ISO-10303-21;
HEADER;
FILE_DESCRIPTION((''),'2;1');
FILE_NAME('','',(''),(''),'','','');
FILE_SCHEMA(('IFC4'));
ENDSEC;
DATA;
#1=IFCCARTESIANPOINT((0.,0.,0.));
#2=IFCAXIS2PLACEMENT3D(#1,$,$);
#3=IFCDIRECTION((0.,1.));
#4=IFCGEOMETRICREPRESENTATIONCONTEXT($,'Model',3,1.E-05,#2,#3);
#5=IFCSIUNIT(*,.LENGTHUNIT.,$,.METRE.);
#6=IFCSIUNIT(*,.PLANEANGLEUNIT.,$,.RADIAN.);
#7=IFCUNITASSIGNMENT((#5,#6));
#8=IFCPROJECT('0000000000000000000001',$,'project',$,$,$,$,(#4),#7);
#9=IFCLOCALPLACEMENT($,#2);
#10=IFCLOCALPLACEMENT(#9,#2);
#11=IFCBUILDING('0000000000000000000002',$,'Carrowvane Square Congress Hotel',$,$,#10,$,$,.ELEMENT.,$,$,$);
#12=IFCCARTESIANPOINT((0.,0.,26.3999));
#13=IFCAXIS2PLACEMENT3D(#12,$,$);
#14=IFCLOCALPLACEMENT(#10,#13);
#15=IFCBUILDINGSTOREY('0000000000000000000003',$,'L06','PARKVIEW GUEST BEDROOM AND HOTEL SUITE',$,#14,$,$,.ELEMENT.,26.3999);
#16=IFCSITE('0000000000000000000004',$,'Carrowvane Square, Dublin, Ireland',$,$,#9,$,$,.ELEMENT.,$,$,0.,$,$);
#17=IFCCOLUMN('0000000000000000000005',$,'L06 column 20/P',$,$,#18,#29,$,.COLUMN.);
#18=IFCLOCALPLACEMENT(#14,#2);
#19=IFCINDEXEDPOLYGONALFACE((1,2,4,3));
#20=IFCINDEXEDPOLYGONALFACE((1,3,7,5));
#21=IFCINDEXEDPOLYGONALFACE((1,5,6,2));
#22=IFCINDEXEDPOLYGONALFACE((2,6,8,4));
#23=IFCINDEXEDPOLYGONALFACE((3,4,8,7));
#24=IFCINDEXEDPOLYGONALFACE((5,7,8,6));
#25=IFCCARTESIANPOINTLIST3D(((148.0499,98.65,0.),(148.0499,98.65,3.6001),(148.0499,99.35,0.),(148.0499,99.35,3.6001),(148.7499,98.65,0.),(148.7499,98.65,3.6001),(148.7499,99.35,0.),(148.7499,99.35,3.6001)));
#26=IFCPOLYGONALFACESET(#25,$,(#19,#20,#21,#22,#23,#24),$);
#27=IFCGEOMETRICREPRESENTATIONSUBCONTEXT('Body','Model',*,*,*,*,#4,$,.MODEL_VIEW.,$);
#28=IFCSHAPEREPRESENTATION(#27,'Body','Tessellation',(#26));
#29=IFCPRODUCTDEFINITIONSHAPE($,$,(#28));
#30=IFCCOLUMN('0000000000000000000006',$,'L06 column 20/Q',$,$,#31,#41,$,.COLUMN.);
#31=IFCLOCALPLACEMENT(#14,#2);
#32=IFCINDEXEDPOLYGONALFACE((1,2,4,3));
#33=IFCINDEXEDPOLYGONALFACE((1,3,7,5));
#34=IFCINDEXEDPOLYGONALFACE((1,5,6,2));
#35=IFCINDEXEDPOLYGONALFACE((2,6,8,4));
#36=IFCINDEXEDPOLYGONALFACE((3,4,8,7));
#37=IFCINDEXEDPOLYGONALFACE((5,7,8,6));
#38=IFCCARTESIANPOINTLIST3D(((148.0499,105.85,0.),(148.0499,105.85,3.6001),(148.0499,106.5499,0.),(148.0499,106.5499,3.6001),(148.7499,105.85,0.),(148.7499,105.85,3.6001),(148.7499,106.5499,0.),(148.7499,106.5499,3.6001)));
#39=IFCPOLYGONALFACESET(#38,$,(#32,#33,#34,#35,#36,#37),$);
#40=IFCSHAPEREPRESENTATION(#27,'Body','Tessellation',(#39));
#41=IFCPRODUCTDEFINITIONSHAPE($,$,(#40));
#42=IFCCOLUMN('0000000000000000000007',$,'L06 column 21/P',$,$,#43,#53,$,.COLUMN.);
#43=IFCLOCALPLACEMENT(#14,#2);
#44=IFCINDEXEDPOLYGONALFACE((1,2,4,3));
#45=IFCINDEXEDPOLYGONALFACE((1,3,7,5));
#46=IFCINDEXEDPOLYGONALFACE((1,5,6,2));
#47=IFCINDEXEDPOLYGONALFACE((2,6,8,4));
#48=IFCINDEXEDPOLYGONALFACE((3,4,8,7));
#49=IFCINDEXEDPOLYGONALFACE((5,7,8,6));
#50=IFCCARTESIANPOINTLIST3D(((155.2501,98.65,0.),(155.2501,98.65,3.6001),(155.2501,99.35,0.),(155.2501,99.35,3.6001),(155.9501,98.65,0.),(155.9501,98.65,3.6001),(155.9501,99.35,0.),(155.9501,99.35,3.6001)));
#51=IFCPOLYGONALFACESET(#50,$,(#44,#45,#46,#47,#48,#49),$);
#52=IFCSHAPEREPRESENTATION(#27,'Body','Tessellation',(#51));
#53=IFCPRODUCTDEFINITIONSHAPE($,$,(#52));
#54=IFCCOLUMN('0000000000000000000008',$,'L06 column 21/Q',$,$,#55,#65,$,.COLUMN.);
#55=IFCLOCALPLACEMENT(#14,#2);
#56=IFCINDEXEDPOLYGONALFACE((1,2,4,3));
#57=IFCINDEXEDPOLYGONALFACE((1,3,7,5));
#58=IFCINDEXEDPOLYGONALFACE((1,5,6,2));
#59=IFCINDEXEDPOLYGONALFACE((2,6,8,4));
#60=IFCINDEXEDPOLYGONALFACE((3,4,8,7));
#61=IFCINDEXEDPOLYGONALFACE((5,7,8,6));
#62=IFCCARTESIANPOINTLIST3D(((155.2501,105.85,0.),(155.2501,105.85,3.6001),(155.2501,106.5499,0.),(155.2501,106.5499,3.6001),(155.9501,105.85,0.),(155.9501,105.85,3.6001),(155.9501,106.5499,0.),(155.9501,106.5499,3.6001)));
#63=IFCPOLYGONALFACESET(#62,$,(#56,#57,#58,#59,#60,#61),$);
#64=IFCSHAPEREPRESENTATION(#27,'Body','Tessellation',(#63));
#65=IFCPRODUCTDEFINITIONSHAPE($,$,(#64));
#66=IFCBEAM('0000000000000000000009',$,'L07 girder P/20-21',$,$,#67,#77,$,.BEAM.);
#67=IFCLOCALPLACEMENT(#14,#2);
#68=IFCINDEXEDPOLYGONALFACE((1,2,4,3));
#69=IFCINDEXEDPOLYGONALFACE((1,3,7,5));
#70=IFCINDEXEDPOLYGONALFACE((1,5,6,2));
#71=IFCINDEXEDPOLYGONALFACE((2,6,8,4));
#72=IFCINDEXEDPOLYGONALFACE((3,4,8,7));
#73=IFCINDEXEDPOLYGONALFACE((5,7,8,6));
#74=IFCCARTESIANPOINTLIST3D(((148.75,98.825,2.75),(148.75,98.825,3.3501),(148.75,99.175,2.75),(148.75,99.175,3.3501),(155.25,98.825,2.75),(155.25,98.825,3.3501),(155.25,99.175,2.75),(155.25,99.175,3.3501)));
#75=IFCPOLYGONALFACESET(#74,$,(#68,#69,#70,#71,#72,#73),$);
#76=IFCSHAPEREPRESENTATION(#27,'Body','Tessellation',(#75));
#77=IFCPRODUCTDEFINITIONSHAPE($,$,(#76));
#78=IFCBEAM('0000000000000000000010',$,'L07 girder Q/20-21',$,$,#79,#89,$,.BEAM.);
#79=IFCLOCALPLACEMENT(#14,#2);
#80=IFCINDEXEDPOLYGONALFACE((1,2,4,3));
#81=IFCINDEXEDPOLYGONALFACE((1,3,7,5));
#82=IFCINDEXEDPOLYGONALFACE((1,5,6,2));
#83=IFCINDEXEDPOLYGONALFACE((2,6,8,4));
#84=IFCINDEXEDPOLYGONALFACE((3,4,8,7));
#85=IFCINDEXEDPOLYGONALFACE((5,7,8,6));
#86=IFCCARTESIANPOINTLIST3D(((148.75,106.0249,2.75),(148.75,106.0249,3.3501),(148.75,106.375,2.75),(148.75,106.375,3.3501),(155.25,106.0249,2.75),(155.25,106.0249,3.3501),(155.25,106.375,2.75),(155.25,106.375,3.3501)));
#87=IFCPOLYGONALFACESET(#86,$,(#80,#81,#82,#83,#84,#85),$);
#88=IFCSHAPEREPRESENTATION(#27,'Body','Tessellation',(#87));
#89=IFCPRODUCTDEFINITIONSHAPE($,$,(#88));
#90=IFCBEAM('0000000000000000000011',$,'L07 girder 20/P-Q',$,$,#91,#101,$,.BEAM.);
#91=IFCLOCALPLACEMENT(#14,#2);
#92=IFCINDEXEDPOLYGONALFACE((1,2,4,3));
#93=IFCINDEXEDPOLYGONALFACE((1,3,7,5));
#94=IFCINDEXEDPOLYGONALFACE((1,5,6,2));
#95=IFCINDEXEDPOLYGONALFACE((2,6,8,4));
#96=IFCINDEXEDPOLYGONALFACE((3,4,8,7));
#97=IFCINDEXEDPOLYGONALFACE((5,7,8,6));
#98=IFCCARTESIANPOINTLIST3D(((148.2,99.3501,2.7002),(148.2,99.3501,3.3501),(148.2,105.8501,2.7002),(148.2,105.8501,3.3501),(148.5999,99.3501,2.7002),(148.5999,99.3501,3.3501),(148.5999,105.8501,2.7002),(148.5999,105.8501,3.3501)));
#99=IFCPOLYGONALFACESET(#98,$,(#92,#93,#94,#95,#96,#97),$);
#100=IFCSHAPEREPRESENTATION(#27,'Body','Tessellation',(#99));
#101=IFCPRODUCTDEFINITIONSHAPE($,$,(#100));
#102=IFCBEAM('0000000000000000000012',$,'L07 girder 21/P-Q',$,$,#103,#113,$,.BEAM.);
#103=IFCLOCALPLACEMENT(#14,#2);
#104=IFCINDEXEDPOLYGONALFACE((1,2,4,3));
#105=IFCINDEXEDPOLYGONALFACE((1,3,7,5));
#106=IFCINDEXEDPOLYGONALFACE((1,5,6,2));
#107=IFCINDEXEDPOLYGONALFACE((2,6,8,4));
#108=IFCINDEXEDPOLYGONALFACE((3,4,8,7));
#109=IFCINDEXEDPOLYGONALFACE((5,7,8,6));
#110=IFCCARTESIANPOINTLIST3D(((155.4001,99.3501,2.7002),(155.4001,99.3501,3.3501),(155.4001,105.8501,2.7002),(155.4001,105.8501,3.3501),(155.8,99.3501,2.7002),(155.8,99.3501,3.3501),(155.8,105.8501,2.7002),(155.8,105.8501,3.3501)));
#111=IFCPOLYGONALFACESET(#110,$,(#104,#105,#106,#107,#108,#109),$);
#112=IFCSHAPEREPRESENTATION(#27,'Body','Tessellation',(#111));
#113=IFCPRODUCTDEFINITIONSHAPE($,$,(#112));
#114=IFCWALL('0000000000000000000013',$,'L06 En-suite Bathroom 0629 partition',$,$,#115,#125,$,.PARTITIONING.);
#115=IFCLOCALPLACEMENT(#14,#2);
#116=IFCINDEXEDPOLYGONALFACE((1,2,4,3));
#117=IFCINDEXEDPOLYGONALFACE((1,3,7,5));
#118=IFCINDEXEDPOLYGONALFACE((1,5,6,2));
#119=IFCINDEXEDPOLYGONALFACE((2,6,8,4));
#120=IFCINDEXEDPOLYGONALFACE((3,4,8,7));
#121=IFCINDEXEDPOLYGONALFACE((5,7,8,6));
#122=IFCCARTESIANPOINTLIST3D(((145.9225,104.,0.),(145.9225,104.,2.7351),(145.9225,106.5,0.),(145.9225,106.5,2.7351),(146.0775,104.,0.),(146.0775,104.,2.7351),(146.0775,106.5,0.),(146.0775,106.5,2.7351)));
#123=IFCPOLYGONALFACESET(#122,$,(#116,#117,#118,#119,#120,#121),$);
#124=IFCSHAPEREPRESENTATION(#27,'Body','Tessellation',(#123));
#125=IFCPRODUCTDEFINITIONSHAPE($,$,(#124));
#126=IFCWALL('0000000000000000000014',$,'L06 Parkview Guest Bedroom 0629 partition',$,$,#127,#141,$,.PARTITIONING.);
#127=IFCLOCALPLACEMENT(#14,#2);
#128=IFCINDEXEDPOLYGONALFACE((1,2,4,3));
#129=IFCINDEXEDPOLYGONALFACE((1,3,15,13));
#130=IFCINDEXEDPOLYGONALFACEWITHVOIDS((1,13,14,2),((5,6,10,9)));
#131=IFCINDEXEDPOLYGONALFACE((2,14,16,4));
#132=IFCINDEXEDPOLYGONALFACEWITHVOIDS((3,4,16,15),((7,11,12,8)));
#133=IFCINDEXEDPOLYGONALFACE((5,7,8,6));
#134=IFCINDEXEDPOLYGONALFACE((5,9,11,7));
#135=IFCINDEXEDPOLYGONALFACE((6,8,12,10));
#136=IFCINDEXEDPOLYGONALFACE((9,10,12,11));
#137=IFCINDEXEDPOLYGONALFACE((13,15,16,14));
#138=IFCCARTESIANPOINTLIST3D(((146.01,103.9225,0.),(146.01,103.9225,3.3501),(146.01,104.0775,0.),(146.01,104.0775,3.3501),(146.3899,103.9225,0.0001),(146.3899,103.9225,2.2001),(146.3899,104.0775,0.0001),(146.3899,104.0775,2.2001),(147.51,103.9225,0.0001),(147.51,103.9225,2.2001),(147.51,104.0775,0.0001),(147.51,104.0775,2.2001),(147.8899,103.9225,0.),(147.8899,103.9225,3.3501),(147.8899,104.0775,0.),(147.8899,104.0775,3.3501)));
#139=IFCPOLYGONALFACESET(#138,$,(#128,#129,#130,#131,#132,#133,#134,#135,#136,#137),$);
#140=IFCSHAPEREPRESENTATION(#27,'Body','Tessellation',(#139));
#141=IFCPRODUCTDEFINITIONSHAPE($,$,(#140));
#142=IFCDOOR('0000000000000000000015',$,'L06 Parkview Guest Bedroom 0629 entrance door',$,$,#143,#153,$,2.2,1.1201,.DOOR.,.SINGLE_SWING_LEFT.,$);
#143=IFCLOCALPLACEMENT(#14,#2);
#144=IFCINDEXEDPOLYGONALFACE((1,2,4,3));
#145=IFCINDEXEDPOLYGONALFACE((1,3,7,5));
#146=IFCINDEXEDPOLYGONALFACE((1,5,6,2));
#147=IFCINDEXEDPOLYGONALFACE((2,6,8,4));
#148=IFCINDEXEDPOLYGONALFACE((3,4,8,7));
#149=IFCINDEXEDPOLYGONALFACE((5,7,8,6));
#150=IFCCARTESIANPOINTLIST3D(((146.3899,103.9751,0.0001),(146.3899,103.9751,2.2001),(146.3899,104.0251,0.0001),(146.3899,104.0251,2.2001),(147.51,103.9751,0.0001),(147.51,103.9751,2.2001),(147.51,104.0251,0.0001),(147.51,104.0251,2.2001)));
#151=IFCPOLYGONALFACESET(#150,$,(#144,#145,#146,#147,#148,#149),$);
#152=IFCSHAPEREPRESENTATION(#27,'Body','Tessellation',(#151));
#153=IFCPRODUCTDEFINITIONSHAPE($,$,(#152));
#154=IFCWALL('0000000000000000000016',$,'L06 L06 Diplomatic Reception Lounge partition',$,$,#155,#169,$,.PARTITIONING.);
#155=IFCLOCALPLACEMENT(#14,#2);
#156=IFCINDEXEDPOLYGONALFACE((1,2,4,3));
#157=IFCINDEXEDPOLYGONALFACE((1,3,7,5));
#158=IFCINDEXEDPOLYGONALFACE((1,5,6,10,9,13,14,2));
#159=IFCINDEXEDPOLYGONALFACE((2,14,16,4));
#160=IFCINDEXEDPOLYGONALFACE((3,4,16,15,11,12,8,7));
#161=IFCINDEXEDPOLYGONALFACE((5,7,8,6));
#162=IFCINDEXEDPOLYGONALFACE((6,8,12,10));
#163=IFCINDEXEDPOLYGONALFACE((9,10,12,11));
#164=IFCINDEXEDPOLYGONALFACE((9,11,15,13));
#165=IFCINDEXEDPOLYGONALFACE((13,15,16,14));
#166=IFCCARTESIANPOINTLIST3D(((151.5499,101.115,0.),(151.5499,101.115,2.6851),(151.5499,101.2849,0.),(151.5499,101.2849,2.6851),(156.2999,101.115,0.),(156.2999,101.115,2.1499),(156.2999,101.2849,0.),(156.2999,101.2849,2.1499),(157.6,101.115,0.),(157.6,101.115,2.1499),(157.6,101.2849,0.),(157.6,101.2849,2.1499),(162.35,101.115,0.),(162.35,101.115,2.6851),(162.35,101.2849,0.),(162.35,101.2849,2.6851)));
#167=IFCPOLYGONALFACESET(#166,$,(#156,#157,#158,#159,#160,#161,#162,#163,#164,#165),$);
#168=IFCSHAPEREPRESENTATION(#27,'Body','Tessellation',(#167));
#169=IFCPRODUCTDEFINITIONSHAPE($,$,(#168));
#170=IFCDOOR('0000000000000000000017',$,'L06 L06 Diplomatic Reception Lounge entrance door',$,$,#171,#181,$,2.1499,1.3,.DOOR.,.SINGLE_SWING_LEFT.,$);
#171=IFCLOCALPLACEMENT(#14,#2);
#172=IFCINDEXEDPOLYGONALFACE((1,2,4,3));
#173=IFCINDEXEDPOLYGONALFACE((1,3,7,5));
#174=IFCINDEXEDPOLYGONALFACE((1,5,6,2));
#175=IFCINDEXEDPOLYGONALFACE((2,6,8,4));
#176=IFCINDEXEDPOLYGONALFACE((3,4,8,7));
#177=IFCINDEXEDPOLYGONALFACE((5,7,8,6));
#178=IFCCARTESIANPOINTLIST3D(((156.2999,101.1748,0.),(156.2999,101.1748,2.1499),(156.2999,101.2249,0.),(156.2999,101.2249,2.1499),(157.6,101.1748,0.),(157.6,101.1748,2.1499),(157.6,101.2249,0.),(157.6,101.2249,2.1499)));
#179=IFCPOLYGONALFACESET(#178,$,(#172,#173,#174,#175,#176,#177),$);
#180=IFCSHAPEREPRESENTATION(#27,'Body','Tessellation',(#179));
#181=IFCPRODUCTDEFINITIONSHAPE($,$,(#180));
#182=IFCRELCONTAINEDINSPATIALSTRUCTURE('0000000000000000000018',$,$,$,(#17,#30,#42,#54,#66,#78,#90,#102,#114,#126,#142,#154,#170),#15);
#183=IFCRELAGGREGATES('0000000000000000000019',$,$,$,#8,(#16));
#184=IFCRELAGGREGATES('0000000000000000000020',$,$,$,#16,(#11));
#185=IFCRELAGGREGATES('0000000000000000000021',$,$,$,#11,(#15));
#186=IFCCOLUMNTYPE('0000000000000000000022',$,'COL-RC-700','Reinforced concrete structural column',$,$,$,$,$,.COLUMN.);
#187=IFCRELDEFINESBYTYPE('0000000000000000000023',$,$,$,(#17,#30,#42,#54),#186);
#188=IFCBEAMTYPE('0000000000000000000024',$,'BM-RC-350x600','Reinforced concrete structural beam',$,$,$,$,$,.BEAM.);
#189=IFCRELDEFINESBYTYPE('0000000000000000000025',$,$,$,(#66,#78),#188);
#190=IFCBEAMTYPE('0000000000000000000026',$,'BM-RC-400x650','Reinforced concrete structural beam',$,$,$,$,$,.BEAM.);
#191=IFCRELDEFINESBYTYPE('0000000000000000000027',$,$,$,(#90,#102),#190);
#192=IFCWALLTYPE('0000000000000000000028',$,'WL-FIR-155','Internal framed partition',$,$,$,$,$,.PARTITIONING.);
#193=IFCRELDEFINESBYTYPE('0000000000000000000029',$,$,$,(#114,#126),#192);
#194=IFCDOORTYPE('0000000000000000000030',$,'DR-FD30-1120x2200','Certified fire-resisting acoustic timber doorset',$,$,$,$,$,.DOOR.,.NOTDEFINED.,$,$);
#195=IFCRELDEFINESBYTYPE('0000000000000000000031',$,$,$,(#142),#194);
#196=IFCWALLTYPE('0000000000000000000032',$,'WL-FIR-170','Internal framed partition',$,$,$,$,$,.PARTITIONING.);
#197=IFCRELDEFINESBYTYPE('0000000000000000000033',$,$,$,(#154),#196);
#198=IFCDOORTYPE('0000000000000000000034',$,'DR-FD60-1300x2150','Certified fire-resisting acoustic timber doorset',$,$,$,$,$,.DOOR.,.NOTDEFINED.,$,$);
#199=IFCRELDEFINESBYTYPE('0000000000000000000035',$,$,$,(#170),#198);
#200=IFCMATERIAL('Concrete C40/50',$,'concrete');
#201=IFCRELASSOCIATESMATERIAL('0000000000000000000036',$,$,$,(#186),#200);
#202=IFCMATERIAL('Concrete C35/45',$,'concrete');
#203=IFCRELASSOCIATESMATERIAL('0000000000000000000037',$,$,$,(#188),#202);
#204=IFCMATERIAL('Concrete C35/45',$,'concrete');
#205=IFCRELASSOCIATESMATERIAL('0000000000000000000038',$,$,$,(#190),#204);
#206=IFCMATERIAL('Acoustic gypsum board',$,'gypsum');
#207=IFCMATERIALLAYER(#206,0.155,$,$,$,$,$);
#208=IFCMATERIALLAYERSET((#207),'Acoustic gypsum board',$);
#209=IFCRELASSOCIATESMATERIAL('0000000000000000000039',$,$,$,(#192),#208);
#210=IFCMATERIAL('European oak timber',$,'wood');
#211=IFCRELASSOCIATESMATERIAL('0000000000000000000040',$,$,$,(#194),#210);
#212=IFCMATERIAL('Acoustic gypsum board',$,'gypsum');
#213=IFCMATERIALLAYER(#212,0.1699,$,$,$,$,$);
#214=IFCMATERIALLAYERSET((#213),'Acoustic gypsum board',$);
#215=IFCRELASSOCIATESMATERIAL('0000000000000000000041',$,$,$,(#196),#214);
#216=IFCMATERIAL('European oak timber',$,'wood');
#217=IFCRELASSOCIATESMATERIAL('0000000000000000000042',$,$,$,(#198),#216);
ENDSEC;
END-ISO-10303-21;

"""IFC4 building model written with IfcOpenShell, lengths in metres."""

from ifc_helpers import new_model, si_unit, direction, frame, frame_2d, origin, origin_2d, place, context, subcontext, project, spatial, rectangle, extrude, material, layer, layer_set, material_profile, profile_set, type_object, element, fill, save


model = new_model("IFC4")

# Units and contexts
model_context = context("Model", 3, precision=1e-05, world=origin(), true_north=direction((0.0, 1.0)))
body_context = subcontext(model_context, "Body", "Model", "MODEL_VIEW")
ifc_project = project(units=[si_unit("LENGTHUNIT", "METRE"), si_unit("PLANEANGLEUNIT", "RADIAN")], contexts=[model_context])

# Site, building, storey
site_placement = place(None, origin())
site = spatial("IfcSite", under=ifc_project, at=site_placement, Name="Carrowvane Square, Dublin, Ireland", CompositionType="ELEMENT", RefElevation=0.0)
building_placement = place(site_placement, origin())
building = spatial("IfcBuilding", under=site, at=building_placement, Name="Carrowvane Square Congress Hotel", CompositionType="ELEMENT")
storey_placement = place(building_placement, frame((0.0, 0.0, 26.3999)))
storey = spatial("IfcBuildingStorey", under=building, at=storey_placement, Name="L06", Description="PARKVIEW GUEST BEDROOM AND HOTEL SUITE", CompositionType="ELEMENT", Elevation=26.3999)

# Columns
ifc_material_1 = material(Name="Concrete C40/50", Category="concrete")
ifc_material_profile_1 = material_profile(ifc_material_1, rectangle(XDim=0.7, YDim=0.7, at=origin_2d()), Name="RC 700x700")
ifc_profile_set_1 = profile_set([ifc_material_profile_1], Name="Concrete C40/50")
column_type = type_object("IfcColumnType", Name="COL-RC-700", Description="Reinforced concrete structural column", PredefinedType="COLUMN", material=ifc_profile_set_1)
for number, where, z_axis, x_axis, name in (
    (1, (148.3999, 99.0, 0.0), (0.0, 0.0, 1.0), (1.0, 0.0, 0.0), "L06 column 20/P"),
    (2, (148.3999, 106.2, 0.0), (0.0, 0.0, 1.0), (1.0, 0.0, 0.0), "L06 column 20/Q"),
    (3, (155.6001, 99.0, 0.0), (0.0, 0.0, 1.0), (1.0, 0.0, 0.0), "L06 column 21/P"),
    (4, (155.6001, 106.2, 0.0), (0.0, 0.0, 1.0), (1.0, 0.0, 0.0), "L06 column 21/Q"),
):
    element("IfcColumn", number, at=place(storey_placement, frame(where, z_axis=z_axis, x_axis=x_axis)), inside=storey, type_object=column_type, Name=name, PredefinedType="COLUMN", context=body_context, shape_type="SweptSolid", body=[
        extrude(rectangle(XDim=0.7, YDim=0.7, at=origin_2d()), origin(), (0.0, 0.0, 1.0), 3.6001),
    ])

# Beams
ifc_material_2 = material(Name="Concrete C35/45", Category="concrete")
ifc_material_profile_2 = material_profile(ifc_material_2, rectangle(XDim=0.3501, YDim=0.6001, at=origin_2d()), Name="RC 350x600")
ifc_profile_set_2 = profile_set([ifc_material_profile_2], Name="Concrete C35/45")
beam_type_1 = type_object("IfcBeamType", Name="BM-RC-350x600", Description="Reinforced concrete structural beam", PredefinedType="BEAM", material=ifc_profile_set_2)
for number, where, z_axis, x_axis, name in (
    (5, (148.75, 99.0, 3.05), (1.0, 0.0, 0.0), (0.0, 1.0, 0.0), "L07 girder P/20-21"),
    (6, (148.75, 106.2, 3.05), (1.0, 0.0, 0.0), (0.0, 1.0, 0.0), "L07 girder Q/20-21"),
):
    element("IfcBeam", number, at=place(storey_placement, frame(where, z_axis=z_axis, x_axis=x_axis)), inside=storey, type_object=beam_type_1, Name=name, PredefinedType="BEAM", context=body_context, shape_type="SweptSolid", body=[
        extrude(rectangle(XDim=0.3501, YDim=0.6001, at=origin_2d()), origin(), (0.0, 0.0, 1.0), 6.5),
    ])
ifc_material_3 = material(Name="Concrete C35/45", Category="concrete")
ifc_material_profile_3 = material_profile(ifc_material_3, rectangle(XDim=0.3999, YDim=0.6499, at=origin_2d()), Name="RC 400x650")
ifc_profile_set_3 = profile_set([ifc_material_profile_3], Name="Concrete C35/45")
beam_type_2 = type_object("IfcBeamType", Name="BM-RC-400x650", Description="Reinforced concrete structural beam", PredefinedType="BEAM", material=ifc_profile_set_3)
for number, where, z_axis, x_axis, name in (
    (7, (148.3999, 99.3501, 3.0251), (0.0, 1.0, 0.0), (-1.0, 0.0, 0.0), "L07 girder 20/P-Q"),
    (8, (155.6001, 99.3501, 3.0251), (0.0, 1.0, 0.0), (-1.0, 0.0, 0.0), "L07 girder 21/P-Q"),
):
    element("IfcBeam", number, at=place(storey_placement, frame(where, z_axis=z_axis, x_axis=x_axis)), inside=storey, type_object=beam_type_2, Name=name, PredefinedType="BEAM", context=body_context, shape_type="SweptSolid", body=[
        extrude(rectangle(XDim=0.3999, YDim=0.6499, at=origin_2d()), origin(), (0.0, 0.0, 1.0), 6.5),
    ])

# Wall
ifc_material_4 = material(Name="Acoustic gypsum board", Category="gypsum")
ifc_layer_1 = layer(ifc_material_4, 0.155)
ifc_layer_set_1 = layer_set([ifc_layer_1], Name="Acoustic gypsum board")
wall_type_1 = type_object("IfcWallType", Name="WL-FIR-155", Description="Internal framed partition", PredefinedType="PARTITIONING", material=ifc_layer_set_1)
wall_1_placement = place(storey_placement, frame((146.0, 106.5, 0.0), z_axis=(0.0, 0.0, 1.0), x_axis=(0.0, -1.0, 0.0)))
element("IfcWall", 9, at=wall_1_placement, inside=storey, type_object=wall_type_1, Name="L06 En-suite Bathroom 0629 partition", PredefinedType="PARTITIONING", context=body_context, shape_type="SweptSolid", body=[
    extrude(rectangle(XDim=2.5, YDim=0.155, at=frame_2d((1.25, 0.0))), origin(), (0.0, 0.0, 1.0), 2.7351),
])

# Walls, openings, doors
wall_2_placement = place(storey_placement, frame((147.8899, 104.0, 0.0), z_axis=(0.0, 0.0, 1.0), x_axis=(-1.0, 0.0, 0.0)))
wall_2 = element("IfcWall", 10, at=wall_2_placement, inside=storey, type_object=wall_type_1, Name="L06 Parkview Guest Bedroom 0629 partition", PredefinedType="PARTITIONING", context=body_context, shape_type="SweptSolid", body=[
    extrude(rectangle(XDim=1.8799, YDim=0.155, at=frame_2d((0.9399, 0.0))), origin(), (0.0, 0.0, 1.0), 3.3501),
])
opening_1_placement = place(wall_2_placement, frame((0.3799, 0.0, 0.0)))
opening_1 = element("IfcOpeningElement", 11, at=opening_1_placement, cuts=wall_2, PredefinedType="OPENING", context=body_context, shape_type="SweptSolid", body=[
    extrude(rectangle(XDim=1.1201, YDim=2.2, at=frame_2d((0.5601, 1.1001))), frame((0.0, 0.0874, 0.0), z_axis=(0.0, -1.0, 0.0), x_axis=(1.0, 0.0, 0.0)), (0.0, 0.0, 1.0), 0.175),
])
ifc_material_5 = material(Name="European oak timber", Category="wood")
door_type_1 = type_object("IfcDoorType", Name="DR-FD30-1120x2200", Description="Certified fire-resisting acoustic timber doorset", OperationType="NOTDEFINED", PredefinedType="DOOR", material=ifc_material_5)
door_1_placement = place(opening_1_placement, origin())
door_1 = element("IfcDoor", 12, at=door_1_placement, inside=storey, type_object=door_type_1, Name="L06 Parkview Guest Bedroom 0629 entrance door", OperationType="SINGLE_SWING_LEFT", OverallHeight=2.2, OverallWidth=1.1201, PredefinedType="DOOR", context=body_context, shape_type="SweptSolid", body=[
    extrude(rectangle(XDim=1.1201, YDim=2.2, at=frame_2d((0.5601, 1.1001))), frame((0.0, 0.0249, 0.0), z_axis=(0.0, -1.0, 0.0), x_axis=(1.0, 0.0, 0.0)), (0.0, 0.0, 1.0), 0.05),
])
fill(opening_1, door_1)
ifc_material_6 = material(Name="Acoustic gypsum board", Category="gypsum")
ifc_layer_2 = layer(ifc_material_6, 0.1699)
ifc_layer_set_2 = layer_set([ifc_layer_2], Name="Acoustic gypsum board")
wall_type_2 = type_object("IfcWallType", Name="WL-FIR-170", Description="Internal framed partition", PredefinedType="PARTITIONING", material=ifc_layer_set_2)
wall_3_placement = place(storey_placement, frame((151.55, 101.2, 0.0), z_axis=(0.0, 0.0, 1.0), x_axis=(1.0, 0.0, 0.0)))
wall_3 = element("IfcWall", 13, at=wall_3_placement, inside=storey, type_object=wall_type_2, Name="L06 L06 Diplomatic Reception Lounge partition", PredefinedType="PARTITIONING", context=body_context, shape_type="SweptSolid", body=[
    extrude(rectangle(XDim=10.8, YDim=0.1699, at=frame_2d((5.3999, 0.0))), origin(), (0.0, 0.0, 1.0), 2.6851),
])
opening_2_placement = place(wall_3_placement, frame((4.75, 0.0, 0.0)))
opening_2 = element("IfcOpeningElement", 14, at=opening_2_placement, cuts=wall_3, PredefinedType="OPENING", context=body_context, shape_type="SweptSolid", body=[
    extrude(rectangle(XDim=1.3, YDim=2.1499, at=frame_2d((0.6499, 1.075))), frame((0.0, 0.095, 0.0), z_axis=(0.0, -1.0, 0.0), x_axis=(1.0, 0.0, 0.0)), (0.0, 0.0, 1.0), 0.1899),
])
ifc_material_7 = material(Name="European oak timber", Category="wood")
door_type_2 = type_object("IfcDoorType", Name="DR-FD60-1300x2150", Description="Certified fire-resisting acoustic timber doorset", OperationType="NOTDEFINED", PredefinedType="DOOR", material=ifc_material_7)
door_2_placement = place(opening_2_placement, origin())
door_2 = element("IfcDoor", 15, at=door_2_placement, inside=storey, type_object=door_type_2, Name="L06 L06 Diplomatic Reception Lounge entrance door", OperationType="SINGLE_SWING_LEFT", OverallHeight=2.1499, OverallWidth=1.3, PredefinedType="DOOR", context=body_context, shape_type="SweptSolid", body=[
    extrude(rectangle(XDim=1.3, YDim=2.1499, at=frame_2d((0.6499, 1.075))), frame((0.0, 0.0249, 0.0), z_axis=(0.0, -1.0, 0.0), x_axis=(1.0, 0.0, 0.0)), (0.0, 0.0, 1.0), 0.05),
])
fill(opening_2, door_2)

save(model, "model.ifc")
